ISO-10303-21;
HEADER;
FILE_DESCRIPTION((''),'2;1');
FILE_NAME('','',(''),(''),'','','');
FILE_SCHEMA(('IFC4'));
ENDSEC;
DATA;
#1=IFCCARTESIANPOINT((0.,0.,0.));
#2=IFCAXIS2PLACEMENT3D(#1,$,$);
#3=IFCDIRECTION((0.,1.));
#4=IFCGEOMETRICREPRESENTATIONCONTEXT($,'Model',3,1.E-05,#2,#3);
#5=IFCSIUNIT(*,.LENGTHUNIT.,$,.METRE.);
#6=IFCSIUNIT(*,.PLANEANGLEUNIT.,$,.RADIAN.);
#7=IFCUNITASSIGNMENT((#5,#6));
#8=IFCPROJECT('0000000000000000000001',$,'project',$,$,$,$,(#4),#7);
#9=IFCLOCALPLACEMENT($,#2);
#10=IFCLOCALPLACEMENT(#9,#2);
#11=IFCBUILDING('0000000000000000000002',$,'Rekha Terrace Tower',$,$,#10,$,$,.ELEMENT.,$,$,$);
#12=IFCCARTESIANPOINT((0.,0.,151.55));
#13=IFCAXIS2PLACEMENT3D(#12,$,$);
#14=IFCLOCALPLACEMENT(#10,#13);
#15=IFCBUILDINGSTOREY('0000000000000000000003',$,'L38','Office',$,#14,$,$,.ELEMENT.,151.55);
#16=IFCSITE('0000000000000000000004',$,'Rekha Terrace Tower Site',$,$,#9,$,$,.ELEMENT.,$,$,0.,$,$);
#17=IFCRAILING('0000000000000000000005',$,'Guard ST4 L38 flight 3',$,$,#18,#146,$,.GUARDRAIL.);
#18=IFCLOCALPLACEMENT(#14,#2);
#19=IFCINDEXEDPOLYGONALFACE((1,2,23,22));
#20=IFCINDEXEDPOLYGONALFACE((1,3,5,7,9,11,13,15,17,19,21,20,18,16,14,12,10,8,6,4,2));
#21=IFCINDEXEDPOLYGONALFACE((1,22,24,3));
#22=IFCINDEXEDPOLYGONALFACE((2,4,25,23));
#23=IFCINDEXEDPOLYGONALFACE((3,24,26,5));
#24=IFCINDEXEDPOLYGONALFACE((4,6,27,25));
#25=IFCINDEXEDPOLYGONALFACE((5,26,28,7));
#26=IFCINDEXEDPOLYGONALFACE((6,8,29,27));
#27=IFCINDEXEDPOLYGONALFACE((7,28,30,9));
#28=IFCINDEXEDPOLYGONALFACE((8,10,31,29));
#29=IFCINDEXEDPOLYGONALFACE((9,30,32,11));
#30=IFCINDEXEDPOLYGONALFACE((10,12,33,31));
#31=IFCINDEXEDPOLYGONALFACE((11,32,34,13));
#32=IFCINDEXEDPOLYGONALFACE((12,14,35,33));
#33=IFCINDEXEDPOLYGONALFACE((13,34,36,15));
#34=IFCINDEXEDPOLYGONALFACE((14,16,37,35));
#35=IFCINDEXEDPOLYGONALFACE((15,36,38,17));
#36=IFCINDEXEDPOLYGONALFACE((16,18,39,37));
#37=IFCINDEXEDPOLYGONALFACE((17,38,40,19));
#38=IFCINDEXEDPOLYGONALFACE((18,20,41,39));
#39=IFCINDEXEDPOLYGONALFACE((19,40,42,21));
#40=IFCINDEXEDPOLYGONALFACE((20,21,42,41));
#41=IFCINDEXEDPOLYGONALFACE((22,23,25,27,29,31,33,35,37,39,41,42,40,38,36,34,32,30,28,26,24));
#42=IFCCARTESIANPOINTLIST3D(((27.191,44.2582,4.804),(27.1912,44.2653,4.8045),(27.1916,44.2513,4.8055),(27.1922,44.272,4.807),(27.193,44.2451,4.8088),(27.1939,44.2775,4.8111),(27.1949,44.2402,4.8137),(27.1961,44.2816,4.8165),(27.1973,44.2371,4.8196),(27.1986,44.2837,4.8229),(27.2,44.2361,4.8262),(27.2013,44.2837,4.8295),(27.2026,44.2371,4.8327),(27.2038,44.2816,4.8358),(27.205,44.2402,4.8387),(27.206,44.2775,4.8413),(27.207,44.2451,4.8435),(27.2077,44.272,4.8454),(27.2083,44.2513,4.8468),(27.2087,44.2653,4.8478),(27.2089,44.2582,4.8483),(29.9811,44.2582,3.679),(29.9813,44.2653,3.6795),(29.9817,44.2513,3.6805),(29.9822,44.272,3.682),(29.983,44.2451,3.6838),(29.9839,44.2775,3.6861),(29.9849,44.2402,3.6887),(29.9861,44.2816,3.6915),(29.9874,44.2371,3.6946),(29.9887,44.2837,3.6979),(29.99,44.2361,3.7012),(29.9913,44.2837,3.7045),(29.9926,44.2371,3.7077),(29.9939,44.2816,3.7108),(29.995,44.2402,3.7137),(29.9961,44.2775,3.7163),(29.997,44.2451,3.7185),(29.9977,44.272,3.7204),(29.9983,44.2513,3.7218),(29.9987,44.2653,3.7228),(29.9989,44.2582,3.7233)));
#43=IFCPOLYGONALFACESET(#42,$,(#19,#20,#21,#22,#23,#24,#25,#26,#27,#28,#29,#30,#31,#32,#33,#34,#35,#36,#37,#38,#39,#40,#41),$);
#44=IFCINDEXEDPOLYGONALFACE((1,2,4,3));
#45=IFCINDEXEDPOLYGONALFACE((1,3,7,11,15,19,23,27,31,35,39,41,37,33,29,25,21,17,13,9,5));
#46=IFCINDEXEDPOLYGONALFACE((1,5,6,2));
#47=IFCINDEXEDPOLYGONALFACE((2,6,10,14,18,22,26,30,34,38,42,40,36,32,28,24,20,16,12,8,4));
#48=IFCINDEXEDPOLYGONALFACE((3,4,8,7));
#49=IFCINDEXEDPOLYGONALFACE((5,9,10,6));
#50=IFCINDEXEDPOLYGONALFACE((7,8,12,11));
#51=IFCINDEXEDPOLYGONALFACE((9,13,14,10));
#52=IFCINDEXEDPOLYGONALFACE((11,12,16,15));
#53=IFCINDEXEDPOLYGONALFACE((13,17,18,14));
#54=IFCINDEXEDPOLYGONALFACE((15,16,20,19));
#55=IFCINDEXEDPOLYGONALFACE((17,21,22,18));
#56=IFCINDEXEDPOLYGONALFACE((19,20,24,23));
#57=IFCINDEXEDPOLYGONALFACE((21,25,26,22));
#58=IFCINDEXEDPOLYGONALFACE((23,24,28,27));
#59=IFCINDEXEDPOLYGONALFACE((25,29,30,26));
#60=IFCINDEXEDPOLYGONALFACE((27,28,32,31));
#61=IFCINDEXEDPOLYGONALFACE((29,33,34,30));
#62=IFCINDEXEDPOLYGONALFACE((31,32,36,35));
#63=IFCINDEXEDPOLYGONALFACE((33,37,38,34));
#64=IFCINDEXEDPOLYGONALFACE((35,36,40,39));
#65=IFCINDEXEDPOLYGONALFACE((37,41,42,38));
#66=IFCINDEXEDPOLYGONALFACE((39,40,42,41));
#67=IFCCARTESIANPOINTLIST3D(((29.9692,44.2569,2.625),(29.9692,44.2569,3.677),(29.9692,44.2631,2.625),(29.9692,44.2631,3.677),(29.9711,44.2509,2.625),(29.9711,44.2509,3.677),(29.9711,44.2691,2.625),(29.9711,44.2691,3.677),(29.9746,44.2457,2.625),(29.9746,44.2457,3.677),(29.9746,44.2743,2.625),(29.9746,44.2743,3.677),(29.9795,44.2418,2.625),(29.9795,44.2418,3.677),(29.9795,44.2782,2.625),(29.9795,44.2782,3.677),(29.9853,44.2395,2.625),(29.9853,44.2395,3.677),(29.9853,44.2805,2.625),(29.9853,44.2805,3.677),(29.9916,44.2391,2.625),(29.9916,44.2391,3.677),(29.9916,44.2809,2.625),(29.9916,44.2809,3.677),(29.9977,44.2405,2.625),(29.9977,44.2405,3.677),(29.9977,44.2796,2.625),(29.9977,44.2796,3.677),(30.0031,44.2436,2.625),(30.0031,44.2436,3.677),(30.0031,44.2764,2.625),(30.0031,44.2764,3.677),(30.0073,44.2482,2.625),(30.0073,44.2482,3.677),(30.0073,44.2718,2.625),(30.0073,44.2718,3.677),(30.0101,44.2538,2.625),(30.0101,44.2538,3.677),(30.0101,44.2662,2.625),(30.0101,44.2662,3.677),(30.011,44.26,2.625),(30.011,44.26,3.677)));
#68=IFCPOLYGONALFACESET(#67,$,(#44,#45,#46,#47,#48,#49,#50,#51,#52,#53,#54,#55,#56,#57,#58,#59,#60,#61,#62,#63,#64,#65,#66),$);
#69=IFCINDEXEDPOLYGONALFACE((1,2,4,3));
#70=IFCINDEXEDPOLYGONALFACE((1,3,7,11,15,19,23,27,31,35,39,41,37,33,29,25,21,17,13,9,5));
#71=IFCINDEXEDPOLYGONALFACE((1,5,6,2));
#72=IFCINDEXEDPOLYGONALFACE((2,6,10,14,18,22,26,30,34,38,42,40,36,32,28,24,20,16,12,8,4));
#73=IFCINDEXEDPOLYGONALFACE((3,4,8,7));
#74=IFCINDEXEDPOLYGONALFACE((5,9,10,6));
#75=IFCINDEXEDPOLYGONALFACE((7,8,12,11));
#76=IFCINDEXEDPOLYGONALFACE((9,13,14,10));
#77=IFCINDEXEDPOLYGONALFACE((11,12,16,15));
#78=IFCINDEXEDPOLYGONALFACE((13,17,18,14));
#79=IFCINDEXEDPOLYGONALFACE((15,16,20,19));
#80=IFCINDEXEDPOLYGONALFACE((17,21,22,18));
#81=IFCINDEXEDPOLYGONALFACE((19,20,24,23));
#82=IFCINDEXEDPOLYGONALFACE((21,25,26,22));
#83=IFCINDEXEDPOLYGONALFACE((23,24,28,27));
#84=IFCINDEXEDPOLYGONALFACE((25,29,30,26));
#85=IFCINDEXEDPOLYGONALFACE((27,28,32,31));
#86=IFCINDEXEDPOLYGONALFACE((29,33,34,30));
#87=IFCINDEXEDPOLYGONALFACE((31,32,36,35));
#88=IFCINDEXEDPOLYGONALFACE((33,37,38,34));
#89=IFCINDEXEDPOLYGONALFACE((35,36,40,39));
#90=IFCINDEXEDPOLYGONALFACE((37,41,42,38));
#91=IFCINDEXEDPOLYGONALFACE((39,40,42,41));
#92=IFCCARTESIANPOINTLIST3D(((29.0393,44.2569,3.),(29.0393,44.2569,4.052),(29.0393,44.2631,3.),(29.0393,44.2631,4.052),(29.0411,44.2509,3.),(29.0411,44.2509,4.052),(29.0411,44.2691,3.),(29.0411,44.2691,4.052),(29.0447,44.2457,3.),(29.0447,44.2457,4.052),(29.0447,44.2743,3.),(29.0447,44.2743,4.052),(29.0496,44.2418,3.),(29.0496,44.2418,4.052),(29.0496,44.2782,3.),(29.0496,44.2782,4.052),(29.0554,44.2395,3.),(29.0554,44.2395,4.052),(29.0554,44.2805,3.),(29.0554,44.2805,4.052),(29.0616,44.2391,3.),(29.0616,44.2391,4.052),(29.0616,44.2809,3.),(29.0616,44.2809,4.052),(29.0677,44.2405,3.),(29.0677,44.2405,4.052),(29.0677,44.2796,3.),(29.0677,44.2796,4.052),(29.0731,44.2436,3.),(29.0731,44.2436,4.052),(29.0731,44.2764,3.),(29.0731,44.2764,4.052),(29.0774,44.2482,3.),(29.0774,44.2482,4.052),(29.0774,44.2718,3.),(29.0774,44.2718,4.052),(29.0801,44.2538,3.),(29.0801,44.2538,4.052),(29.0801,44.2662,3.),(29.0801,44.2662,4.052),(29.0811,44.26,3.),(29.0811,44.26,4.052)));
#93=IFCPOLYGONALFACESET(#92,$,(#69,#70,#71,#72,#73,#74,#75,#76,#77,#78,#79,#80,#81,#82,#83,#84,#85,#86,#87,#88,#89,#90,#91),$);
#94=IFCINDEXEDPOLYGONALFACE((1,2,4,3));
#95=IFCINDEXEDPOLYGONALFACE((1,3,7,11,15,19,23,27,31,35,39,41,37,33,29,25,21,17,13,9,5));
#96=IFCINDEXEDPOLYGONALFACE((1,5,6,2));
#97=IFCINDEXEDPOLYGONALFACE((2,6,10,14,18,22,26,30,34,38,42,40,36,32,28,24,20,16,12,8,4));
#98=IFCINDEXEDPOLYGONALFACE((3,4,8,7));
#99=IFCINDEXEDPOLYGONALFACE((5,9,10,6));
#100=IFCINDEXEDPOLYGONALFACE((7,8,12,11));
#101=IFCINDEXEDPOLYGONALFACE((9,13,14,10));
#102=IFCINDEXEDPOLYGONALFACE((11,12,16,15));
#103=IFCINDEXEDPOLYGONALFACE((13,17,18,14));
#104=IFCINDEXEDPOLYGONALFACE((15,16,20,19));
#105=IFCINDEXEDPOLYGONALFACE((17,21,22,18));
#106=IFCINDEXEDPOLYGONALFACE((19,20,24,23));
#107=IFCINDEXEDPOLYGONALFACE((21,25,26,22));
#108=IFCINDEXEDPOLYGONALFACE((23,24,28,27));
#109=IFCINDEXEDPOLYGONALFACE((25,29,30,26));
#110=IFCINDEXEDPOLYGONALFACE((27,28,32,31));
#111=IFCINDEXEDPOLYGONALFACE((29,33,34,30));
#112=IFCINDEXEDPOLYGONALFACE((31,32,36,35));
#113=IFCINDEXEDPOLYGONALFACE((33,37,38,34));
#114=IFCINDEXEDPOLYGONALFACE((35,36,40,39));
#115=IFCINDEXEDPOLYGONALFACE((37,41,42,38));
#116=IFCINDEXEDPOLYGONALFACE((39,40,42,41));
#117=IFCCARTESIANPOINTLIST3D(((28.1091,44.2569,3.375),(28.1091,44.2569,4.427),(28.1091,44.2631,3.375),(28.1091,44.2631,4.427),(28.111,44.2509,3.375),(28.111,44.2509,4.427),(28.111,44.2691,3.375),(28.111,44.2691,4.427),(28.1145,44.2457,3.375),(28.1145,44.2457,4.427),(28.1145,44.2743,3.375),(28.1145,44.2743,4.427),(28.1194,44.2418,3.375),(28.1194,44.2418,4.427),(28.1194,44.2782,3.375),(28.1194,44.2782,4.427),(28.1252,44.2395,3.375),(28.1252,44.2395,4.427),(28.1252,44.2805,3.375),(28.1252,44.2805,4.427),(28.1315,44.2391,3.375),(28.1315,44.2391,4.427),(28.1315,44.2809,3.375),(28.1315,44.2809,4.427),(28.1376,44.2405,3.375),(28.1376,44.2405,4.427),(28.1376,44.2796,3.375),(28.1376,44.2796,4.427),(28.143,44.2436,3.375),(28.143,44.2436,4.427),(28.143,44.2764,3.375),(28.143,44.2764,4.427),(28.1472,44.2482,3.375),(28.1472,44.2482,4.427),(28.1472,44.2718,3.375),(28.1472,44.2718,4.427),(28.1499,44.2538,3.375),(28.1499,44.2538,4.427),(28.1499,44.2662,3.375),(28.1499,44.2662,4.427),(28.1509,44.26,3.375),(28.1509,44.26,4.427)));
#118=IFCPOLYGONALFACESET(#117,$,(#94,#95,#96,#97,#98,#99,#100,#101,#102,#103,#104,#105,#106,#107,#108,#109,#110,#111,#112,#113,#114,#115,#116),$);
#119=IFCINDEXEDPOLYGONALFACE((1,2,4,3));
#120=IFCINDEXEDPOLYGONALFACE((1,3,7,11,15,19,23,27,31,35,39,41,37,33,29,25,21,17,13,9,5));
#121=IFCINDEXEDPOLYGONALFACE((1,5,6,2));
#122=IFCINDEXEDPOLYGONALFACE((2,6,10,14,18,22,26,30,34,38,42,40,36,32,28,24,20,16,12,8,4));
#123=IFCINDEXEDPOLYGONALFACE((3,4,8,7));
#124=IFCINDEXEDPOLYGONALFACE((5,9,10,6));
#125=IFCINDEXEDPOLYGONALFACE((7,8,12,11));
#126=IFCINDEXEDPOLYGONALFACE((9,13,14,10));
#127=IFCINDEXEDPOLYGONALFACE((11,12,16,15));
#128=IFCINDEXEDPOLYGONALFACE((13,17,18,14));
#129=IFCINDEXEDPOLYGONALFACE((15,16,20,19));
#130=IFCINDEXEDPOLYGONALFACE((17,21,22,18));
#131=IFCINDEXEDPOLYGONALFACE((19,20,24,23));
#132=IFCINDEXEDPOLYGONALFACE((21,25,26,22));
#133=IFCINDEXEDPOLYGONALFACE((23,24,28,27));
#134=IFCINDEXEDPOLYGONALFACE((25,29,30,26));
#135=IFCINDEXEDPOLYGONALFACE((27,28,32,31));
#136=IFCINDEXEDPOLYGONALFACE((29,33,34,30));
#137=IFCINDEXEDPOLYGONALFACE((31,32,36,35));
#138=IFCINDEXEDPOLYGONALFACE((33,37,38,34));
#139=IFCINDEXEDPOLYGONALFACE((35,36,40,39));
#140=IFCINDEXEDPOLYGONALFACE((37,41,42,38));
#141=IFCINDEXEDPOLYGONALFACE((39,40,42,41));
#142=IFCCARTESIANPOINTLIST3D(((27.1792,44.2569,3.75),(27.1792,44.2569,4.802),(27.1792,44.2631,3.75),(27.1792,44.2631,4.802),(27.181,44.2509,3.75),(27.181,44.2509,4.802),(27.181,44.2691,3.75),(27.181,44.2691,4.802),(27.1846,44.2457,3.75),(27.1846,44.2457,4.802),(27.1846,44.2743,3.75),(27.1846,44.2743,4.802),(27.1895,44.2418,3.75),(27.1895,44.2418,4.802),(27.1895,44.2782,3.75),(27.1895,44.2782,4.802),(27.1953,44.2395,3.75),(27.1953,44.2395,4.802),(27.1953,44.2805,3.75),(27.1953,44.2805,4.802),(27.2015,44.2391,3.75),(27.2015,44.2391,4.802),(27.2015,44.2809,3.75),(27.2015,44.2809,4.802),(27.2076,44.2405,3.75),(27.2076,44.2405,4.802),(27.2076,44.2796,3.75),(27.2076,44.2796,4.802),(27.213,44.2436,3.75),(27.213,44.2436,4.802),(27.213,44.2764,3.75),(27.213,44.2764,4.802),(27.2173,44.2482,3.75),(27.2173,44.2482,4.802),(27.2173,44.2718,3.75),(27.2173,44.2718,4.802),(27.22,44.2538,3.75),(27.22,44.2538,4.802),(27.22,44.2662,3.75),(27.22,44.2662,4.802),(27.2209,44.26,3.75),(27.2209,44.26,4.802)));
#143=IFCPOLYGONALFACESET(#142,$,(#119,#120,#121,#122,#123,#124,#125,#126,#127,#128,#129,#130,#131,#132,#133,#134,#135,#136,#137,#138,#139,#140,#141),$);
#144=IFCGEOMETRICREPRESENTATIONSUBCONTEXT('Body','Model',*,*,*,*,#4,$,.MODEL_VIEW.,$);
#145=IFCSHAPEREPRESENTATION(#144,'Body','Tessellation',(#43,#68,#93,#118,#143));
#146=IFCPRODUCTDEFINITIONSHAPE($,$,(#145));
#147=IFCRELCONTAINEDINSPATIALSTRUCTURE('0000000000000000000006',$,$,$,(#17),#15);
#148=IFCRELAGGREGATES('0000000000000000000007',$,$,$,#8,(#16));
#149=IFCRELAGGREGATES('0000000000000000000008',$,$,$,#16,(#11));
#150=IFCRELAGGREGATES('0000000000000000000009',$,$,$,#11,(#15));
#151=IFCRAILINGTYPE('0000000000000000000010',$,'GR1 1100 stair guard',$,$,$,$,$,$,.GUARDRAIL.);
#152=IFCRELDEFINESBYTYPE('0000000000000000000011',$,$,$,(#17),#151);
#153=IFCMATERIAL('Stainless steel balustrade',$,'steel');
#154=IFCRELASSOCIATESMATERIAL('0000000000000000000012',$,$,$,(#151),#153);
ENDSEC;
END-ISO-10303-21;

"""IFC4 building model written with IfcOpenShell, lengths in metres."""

from ifc_helpers import new_model, si_unit, direction, frame, origin, origin_2d, place, context, subcontext, project, spatial, circle, extrude, material, type_object, element, save


model = new_model("IFC4")

# Units and contexts
model_context = context("Model", 3, precision=1e-05, world=origin(), true_north=direction((0.0, 1.0)))
body_context = subcontext(model_context, "Body", "Model", "MODEL_VIEW")
ifc_project = project(units=[si_unit("LENGTHUNIT", "METRE"), si_unit("PLANEANGLEUNIT", "RADIAN")], contexts=[model_context])

# Site, building, storey
site_placement = place(None, origin())
site = spatial("IfcSite", under=ifc_project, at=site_placement, Name="Rekha Terrace Tower Site", CompositionType="ELEMENT", RefElevation=0.0)
building_placement = place(site_placement, origin())
building = spatial("IfcBuilding", under=site, at=building_placement, Name="Rekha Terrace Tower", CompositionType="ELEMENT")
storey_placement = place(building_placement, frame((0.0, 0.0, 151.55)))
storey = spatial("IfcBuildingStorey", under=building, at=storey_placement, Name="L38", Description="Office", CompositionType="ELEMENT", Elevation=151.55)

# Railing
ifc_material_1 = material(Name="Stainless steel balustrade", Category="steel")
railing_type_1 = type_object("IfcRailingType", Name="GR1 1100 stair guard", PredefinedType="GUARDRAIL", material=ifc_material_1)
railing_1_placement = place(storey_placement, frame((29.99, 44.26, 2.625)))
element("IfcRailing", 1, at=railing_1_placement, inside=storey, type_object=railing_type_1, Name="Guard ST4 L38 flight 3", PredefinedType="GUARDRAIL", context=body_context, shape_type="SweptSolid", body=[
    extrude(circle(Radius=0.0239, at=origin_2d()), frame((0.0, 0.0, 1.0762), z_axis=(-0.927443, 0.0, 0.373964), x_axis=(0.0, -1.0, 0.0)), (0.0, 0.0, 1.0), 3.0083),
    extrude(circle(Radius=0.021, at=origin_2d()), origin(), (0.0, 0.0, 1.0), 1.052),
    extrude(circle(Radius=0.021, at=origin_2d()), frame((-0.9299, 0.0, 0.375)), (0.0, 0.0, 1.0), 1.052),
    extrude(circle(Radius=0.021, at=origin_2d()), frame((-1.8601, 0.0, 0.75)), (0.0, 0.0, 1.0), 1.052),
    extrude(circle(Radius=0.021, at=origin_2d()), frame((-2.79, 0.0, 1.125)), (0.0, 0.0, 1.0), 1.052),
])

save(model, "model.ifc")
